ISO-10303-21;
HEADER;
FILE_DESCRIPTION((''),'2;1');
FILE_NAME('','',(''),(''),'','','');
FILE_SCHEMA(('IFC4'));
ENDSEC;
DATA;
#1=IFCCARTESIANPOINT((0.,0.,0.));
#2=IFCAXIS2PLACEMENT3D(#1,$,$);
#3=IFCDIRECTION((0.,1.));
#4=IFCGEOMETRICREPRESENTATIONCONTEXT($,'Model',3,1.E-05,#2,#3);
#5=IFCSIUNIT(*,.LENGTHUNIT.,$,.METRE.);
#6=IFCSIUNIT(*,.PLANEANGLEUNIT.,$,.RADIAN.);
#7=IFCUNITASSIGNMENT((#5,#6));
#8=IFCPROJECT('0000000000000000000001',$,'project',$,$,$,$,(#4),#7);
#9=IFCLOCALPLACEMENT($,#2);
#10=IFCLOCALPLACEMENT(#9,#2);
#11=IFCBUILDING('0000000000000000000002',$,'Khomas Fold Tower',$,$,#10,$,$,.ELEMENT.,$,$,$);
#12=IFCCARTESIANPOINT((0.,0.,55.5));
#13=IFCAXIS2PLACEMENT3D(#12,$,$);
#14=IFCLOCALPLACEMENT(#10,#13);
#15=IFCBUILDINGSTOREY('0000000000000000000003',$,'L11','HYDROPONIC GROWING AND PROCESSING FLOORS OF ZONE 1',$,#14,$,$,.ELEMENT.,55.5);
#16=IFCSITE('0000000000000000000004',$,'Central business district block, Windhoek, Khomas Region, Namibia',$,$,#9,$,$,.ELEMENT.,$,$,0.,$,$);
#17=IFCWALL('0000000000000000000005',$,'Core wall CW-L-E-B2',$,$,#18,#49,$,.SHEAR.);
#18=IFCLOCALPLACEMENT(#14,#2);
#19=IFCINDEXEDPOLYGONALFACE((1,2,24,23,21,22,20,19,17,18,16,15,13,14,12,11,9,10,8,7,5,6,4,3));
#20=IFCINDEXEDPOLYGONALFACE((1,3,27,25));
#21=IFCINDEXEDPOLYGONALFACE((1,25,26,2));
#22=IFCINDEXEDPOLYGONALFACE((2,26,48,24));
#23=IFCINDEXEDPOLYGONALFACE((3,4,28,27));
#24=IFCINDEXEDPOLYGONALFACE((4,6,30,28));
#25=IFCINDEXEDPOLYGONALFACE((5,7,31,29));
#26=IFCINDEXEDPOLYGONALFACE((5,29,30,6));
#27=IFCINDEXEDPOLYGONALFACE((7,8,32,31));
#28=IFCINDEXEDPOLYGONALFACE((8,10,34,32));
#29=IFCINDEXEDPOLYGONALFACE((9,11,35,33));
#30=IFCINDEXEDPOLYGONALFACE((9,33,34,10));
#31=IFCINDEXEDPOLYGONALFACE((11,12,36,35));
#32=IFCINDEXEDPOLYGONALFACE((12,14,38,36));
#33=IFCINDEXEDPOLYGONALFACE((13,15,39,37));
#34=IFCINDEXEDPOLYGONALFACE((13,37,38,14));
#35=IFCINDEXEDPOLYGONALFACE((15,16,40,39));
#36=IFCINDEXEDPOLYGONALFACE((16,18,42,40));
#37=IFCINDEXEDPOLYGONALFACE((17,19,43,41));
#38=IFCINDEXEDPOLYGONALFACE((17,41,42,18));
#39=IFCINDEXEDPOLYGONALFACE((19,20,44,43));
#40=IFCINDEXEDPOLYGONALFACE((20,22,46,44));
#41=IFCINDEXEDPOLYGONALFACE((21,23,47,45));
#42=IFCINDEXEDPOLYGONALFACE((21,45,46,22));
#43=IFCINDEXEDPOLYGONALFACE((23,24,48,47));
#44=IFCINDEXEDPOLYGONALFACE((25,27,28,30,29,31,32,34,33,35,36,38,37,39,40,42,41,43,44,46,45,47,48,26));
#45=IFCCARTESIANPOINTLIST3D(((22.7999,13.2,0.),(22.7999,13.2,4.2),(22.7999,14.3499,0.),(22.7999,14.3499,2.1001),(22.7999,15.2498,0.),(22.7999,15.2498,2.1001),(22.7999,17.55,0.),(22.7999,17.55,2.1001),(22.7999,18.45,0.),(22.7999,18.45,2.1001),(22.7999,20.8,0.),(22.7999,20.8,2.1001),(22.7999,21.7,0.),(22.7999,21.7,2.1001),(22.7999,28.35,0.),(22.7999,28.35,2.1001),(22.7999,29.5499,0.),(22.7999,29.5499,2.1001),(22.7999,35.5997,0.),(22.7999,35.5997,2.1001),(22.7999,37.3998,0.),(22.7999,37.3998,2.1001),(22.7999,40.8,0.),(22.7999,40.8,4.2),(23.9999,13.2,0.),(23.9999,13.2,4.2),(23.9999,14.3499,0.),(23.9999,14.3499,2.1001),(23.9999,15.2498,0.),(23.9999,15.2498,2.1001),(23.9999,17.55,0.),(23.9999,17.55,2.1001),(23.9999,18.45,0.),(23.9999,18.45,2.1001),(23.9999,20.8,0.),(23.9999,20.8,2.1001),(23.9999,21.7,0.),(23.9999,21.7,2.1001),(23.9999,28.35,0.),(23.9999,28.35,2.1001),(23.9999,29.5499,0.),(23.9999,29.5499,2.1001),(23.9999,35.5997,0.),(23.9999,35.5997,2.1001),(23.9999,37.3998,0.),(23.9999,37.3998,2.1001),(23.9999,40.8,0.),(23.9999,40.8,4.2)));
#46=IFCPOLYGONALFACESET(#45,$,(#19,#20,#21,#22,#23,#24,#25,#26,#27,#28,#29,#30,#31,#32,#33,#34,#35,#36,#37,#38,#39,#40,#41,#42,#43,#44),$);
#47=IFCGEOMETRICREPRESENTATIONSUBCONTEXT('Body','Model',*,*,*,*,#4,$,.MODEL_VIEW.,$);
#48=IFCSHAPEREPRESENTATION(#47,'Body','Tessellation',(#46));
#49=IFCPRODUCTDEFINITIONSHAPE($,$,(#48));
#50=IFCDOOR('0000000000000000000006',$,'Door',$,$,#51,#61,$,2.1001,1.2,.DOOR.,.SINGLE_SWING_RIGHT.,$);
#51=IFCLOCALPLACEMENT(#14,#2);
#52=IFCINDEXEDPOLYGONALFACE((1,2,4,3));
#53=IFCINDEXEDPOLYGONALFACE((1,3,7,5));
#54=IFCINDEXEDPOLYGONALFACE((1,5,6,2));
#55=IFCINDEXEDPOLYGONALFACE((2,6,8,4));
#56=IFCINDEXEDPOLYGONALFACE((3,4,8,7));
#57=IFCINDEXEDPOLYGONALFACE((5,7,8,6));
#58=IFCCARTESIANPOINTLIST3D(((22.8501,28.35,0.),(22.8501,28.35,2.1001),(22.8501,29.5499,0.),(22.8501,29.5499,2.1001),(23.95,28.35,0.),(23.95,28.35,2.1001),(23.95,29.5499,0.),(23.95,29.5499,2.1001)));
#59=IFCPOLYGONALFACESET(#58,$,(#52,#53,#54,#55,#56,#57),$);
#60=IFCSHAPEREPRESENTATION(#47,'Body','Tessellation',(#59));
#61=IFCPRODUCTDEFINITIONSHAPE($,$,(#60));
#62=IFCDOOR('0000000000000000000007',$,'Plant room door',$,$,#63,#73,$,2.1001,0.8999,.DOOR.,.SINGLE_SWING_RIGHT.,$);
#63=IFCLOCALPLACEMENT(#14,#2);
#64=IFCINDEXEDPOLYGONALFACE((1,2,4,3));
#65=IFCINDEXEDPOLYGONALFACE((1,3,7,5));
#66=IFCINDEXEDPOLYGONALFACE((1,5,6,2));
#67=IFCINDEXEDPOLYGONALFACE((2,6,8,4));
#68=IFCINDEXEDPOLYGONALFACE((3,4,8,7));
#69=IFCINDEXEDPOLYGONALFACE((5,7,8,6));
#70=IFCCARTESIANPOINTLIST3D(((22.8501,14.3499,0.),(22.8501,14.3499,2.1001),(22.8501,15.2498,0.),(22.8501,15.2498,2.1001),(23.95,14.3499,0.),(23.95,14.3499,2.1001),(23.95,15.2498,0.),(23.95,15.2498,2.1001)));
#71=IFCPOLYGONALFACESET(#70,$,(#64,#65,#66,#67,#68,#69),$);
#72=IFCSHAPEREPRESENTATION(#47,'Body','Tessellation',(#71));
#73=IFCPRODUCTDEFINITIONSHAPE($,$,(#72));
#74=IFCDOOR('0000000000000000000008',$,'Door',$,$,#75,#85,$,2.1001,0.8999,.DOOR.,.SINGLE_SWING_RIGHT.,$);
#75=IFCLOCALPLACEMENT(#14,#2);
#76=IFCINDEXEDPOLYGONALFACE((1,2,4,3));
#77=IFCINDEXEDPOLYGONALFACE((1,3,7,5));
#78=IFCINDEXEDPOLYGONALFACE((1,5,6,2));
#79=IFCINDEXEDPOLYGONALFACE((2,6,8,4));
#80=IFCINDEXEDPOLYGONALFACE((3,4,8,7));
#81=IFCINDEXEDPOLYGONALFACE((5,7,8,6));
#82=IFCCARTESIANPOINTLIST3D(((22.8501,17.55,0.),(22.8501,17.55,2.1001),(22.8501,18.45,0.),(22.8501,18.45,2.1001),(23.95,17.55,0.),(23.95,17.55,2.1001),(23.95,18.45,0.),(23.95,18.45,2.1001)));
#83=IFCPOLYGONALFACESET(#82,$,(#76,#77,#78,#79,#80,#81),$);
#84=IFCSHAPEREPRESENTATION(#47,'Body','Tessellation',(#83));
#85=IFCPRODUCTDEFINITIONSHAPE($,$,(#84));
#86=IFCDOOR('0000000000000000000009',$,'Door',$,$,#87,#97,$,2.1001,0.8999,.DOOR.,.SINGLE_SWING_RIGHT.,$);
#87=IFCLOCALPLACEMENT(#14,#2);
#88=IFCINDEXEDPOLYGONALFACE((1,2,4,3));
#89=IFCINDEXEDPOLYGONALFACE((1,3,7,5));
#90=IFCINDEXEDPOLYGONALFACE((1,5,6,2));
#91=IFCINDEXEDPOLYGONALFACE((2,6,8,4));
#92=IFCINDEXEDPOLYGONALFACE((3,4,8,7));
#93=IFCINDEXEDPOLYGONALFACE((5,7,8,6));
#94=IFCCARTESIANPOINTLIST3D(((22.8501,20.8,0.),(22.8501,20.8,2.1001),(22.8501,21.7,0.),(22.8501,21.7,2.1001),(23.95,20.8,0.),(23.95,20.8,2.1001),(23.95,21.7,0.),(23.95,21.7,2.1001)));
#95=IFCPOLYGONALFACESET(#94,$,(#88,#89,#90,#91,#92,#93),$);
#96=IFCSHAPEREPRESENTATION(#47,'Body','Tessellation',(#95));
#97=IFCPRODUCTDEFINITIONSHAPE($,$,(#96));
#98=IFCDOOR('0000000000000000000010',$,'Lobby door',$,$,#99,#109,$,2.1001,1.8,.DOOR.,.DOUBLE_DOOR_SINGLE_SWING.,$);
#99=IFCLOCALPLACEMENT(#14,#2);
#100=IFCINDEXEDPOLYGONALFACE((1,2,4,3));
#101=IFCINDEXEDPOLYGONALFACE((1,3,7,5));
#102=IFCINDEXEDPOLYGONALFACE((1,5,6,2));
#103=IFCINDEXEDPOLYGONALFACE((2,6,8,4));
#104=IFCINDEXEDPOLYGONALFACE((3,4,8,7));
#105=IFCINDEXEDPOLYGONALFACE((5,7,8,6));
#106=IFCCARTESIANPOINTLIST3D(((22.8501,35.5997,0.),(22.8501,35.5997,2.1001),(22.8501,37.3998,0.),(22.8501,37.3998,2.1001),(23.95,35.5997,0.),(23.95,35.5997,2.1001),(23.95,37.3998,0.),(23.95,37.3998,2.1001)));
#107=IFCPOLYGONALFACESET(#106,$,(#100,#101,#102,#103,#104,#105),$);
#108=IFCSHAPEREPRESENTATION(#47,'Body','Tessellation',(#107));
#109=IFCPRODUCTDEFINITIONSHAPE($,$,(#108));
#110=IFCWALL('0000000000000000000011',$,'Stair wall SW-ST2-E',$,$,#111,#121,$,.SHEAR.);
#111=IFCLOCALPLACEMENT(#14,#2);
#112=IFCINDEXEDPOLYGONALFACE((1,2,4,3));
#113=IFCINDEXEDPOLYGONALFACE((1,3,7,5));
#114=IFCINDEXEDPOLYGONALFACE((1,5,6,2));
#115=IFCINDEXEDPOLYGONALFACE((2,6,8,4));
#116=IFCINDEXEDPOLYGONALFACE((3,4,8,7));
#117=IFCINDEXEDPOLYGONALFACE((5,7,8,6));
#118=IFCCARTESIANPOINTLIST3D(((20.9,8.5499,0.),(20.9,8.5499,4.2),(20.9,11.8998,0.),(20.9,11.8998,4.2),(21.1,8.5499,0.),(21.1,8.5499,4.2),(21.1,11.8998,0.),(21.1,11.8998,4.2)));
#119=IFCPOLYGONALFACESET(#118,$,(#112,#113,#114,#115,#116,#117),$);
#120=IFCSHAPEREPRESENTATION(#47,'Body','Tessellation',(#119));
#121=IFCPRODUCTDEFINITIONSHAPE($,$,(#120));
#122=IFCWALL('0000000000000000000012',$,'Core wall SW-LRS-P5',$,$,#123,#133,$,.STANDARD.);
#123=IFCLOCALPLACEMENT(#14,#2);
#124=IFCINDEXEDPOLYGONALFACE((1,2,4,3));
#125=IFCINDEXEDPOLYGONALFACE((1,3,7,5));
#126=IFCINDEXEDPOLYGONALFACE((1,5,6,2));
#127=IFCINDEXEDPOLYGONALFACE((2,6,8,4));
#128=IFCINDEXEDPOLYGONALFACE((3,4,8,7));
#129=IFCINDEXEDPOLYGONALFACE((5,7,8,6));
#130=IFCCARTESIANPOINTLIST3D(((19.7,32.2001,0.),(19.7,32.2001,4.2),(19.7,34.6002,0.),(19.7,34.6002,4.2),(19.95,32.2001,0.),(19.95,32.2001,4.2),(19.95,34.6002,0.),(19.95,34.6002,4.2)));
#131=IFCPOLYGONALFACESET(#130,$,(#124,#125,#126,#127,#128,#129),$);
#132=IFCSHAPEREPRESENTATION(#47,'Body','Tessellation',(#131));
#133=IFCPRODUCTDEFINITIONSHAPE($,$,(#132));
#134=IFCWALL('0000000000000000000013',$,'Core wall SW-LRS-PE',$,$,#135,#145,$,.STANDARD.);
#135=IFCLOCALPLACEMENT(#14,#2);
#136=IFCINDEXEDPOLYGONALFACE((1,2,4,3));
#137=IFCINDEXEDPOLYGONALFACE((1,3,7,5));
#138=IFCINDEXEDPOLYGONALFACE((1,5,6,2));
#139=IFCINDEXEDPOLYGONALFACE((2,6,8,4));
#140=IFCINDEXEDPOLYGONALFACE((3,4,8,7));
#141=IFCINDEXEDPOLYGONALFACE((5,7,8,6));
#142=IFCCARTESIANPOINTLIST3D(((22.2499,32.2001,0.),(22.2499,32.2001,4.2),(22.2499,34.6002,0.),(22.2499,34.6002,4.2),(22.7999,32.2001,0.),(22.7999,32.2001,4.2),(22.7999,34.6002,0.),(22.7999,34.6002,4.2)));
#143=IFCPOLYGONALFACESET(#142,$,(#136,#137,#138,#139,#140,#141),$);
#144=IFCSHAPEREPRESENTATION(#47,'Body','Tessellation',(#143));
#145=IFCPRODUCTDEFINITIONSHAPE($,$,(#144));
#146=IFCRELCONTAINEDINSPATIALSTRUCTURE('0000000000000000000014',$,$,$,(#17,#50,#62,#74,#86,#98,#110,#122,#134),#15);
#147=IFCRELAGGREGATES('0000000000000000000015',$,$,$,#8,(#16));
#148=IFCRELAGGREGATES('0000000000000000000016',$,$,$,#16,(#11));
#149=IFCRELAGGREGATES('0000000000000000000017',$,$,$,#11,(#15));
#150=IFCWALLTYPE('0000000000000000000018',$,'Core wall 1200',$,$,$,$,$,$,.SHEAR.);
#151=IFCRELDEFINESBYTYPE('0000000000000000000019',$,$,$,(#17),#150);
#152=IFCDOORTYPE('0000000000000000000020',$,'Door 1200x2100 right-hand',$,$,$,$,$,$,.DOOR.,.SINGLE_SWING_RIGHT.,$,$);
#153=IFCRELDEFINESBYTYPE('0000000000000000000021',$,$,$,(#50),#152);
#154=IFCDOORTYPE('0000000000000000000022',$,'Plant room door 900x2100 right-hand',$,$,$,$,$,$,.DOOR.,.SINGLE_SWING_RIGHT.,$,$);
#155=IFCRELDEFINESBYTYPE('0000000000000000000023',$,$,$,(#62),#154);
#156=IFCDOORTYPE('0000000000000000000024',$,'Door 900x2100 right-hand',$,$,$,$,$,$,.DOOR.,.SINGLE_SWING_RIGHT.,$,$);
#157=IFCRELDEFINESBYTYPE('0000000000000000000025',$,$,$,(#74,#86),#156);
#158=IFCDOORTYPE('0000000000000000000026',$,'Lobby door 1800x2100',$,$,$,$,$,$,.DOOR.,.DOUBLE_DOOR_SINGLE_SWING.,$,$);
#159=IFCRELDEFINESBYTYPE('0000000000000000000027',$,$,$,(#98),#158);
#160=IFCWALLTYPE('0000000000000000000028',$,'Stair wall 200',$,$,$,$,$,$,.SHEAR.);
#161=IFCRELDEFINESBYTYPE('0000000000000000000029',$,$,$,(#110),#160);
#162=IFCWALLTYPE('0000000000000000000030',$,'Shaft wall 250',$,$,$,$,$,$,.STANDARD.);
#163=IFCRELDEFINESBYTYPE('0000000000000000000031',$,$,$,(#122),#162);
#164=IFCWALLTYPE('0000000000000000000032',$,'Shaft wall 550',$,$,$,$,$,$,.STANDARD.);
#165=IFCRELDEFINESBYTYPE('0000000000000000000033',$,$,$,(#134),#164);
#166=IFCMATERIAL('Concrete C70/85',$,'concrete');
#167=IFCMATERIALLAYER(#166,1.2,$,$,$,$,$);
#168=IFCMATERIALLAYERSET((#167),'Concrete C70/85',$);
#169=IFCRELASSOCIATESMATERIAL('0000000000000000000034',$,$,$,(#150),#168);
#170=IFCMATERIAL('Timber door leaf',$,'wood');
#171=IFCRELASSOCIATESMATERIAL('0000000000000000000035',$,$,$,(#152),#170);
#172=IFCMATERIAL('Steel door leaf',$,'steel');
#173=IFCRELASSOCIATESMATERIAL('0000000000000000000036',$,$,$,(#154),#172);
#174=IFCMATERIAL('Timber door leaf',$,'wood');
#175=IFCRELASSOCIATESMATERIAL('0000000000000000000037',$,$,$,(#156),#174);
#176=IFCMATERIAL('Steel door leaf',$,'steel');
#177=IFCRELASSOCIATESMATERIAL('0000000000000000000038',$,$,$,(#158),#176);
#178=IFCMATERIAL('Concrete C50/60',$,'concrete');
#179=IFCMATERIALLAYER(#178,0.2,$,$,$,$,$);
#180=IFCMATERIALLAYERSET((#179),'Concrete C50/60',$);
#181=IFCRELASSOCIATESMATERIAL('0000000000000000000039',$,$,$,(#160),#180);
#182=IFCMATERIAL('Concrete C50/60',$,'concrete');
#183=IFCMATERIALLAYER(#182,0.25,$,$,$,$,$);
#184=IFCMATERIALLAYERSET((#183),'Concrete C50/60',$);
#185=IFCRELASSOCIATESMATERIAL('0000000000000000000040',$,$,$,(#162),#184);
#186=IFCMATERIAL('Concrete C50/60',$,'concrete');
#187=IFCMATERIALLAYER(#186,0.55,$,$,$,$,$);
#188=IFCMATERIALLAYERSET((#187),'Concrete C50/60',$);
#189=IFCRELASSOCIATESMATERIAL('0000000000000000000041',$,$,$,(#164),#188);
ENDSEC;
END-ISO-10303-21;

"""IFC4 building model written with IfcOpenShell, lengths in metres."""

from ifc_helpers import new_model, si_unit, direction, frame, frame_2d, origin, place, context, subcontext, project, spatial, rectangle, extrude, source, transform, mapped, material, layer, layer_set, type_object, element, fill, save


model = new_model("IFC4")

# Units and contexts
model_context = context("Model", 3, precision=1e-05, world=origin(), true_north=direction((0.0, 1.0)))
body_context = subcontext(model_context, "Body", "Model", "MODEL_VIEW")
ifc_project = project(units=[si_unit("LENGTHUNIT", "METRE"), si_unit("PLANEANGLEUNIT", "RADIAN")], contexts=[model_context])

# Site, building, storey
site_placement = place(None, origin())
site = spatial("IfcSite", under=ifc_project, at=site_placement, Name="Central business district block, Windhoek, Khomas Region, Namibia", CompositionType="ELEMENT", RefElevation=0.0)
building_placement = place(site_placement, origin())
building = spatial("IfcBuilding", under=site, at=building_placement, Name="Khomas Fold Tower", CompositionType="ELEMENT")
storey_placement = place(building_placement, frame((0.0, 0.0, 55.5)))
storey = spatial("IfcBuildingStorey", under=building, at=storey_placement, Name="L11", Description="HYDROPONIC GROWING AND PROCESSING FLOORS OF ZONE 1", CompositionType="ELEMENT", Elevation=55.5)

# Shared definitions
ifc_material_1 = material(Name="Concrete C70/85", Category="concrete")
ifc_layer_1 = layer(ifc_material_1, 1.2)
ifc_layer_set_1 = layer_set([ifc_layer_1], Name="Concrete C70/85")
wall_type_1 = type_object("IfcWallType", Name="Core wall 1200", PredefinedType="SHEAR", material=ifc_layer_set_1)

# Wall, openings, doors
shared_shape_1 = source(origin(), body_context, "Body", "SweptSolid", [
    extrude(rectangle(XDim=27.6001, YDim=1.2, at=frame_2d((13.8, 0.0))), origin(), (0.0, 0.0, 1.0), 4.2),
])
wall_1_placement = place(storey_placement, frame((23.3999, 13.2, 0.0), z_axis=(0.0, 0.0, 1.0), x_axis=(0.0, 1.0, 0.0)))
wall_1 = element("IfcWall", 1, at=wall_1_placement, inside=storey, type_object=wall_type_1, Name="Core wall CW-L-E-B2", PredefinedType="SHEAR", context=body_context, shape_type="MappedRepresentation", body=[
    mapped(shared_shape_1, transform((0.0, 0.0, 0.0))),
])
shared_shape_2 = source(origin(), body_context, "Body", "SweptSolid", [
    extrude(rectangle(XDim=1.8, YDim=2.1001, at=frame_2d((0.8999, 1.05))), frame((0.0, 0.6099, 0.0), z_axis=(0.0, -1.0, 0.0), x_axis=(1.0, 0.0, 0.0)), (0.0, 0.0, 1.0), 1.22),
])
opening_1_placement = place(wall_1_placement, frame((22.3999, 0.0, 0.0)))
opening_1 = element("IfcOpeningElement", 2, at=opening_1_placement, cuts=wall_1, PredefinedType="OPENING", context=body_context, shape_type="MappedRepresentation", body=[
    mapped(shared_shape_2, transform((0.0, 0.0, 0.0))),
])
shared_shape_3 = source(origin(), body_context, "Body", "SweptSolid", [
    extrude(rectangle(XDim=1.2, YDim=2.1001, at=frame_2d((0.6001, 1.05))), frame((0.0, 0.6099, 0.0), z_axis=(0.0, -1.0, 0.0), x_axis=(1.0, 0.0, 0.0)), (0.0, 0.0, 1.0), 1.22),
])
opening_2_placement = place(wall_1_placement, frame((15.1499, 0.0, 0.0)))
opening_2 = element("IfcOpeningElement", 3, at=opening_2_placement, cuts=wall_1, PredefinedType="OPENING", context=body_context, shape_type="MappedRepresentation", body=[
    mapped(shared_shape_3, transform((0.0, 0.0, 0.0))),
])
shared_shape_4 = source(origin(), body_context, "Body", "SweptSolid", [
    extrude(rectangle(XDim=0.8999, YDim=2.1001, at=frame_2d((0.45, 1.05))), frame((0.0, 0.6099, 0.0), z_axis=(0.0, -1.0, 0.0), x_axis=(1.0, 0.0, 0.0)), (0.0, 0.0, 1.0), 1.22),
])
opening_3_placement = place(wall_1_placement, frame((1.1499, 0.0, 0.0)))
opening_3 = element("IfcOpeningElement", 4, at=opening_3_placement, cuts=wall_1, PredefinedType="OPENING", context=body_context, shape_type="MappedRepresentation", body=[
    mapped(shared_shape_4, transform((0.0, 0.0, 0.0))),
])
opening_4_placement = place(wall_1_placement, frame((4.3501, 0.0, 0.0)))
opening_4 = element("IfcOpeningElement", 5, at=opening_4_placement, cuts=wall_1, PredefinedType="OPENING", context=body_context, shape_type="MappedRepresentation", body=[
    mapped(shared_shape_4, transform((0.0, 0.0, 0.0))),
])
opening_5_placement = place(wall_1_placement, frame((7.6001, 0.0, 0.0)))
opening_5 = element("IfcOpeningElement", 6, at=opening_5_placement, cuts=wall_1, PredefinedType="OPENING", context=body_context, shape_type="MappedRepresentation", body=[
    mapped(shared_shape_4, transform((0.0, 0.0, 0.0))),
])
ifc_material_2 = material(Name="Timber door leaf", Category="wood")
door_type_1 = type_object("IfcDoorType", Name="Door 1200x2100 right-hand", OperationType="SINGLE_SWING_RIGHT", PredefinedType="DOOR", material=ifc_material_2)
shared_shape_5 = source(origin(), body_context, "Body", "SweptSolid", [
    extrude(rectangle(XDim=1.2, YDim=2.1001, at=frame_2d((0.6001, 1.05))), frame((0.0, 0.5498, 0.0), z_axis=(0.0, -1.0, 0.0), x_axis=(1.0, 0.0, 0.0)), (0.0, 0.0, 1.0), 1.0999),
])
door_1_placement = place(opening_2_placement, origin())
door_1 = element("IfcDoor", 7, at=door_1_placement, inside=storey, type_object=door_type_1, Name="Door", OperationType="SINGLE_SWING_RIGHT", OverallHeight=2.1001, OverallWidth=1.2, PredefinedType="DOOR", context=body_context, shape_type="MappedRepresentation", body=[
    mapped(shared_shape_5, transform((0.0, 0.0, 0.0))),
])
fill(opening_2, door_1)
ifc_material_3 = material(Name="Steel door leaf", Category="steel")
door_type_2 = type_object("IfcDoorType", Name="Plant room door 900x2100 right-hand", OperationType="SINGLE_SWING_RIGHT", PredefinedType="DOOR", material=ifc_material_3)
shared_shape_6 = source(origin(), body_context, "Body", "SweptSolid", [
    extrude(rectangle(XDim=0.8999, YDim=2.1001, at=frame_2d((0.45, 1.05))), frame((0.0, 0.5498, 0.0), z_axis=(0.0, -1.0, 0.0), x_axis=(1.0, 0.0, 0.0)), (0.0, 0.0, 1.0), 1.0999),
])
door_2_placement = place(opening_3_placement, origin())
door_2 = element("IfcDoor", 8, at=door_2_placement, inside=storey, type_object=door_type_2, Name="Plant room door", OperationType="SINGLE_SWING_RIGHT", OverallHeight=2.1001, OverallWidth=0.8999, PredefinedType="DOOR", context=body_context, shape_type="MappedRepresentation", body=[
    mapped(shared_shape_6, transform((0.0, 0.0, 0.0))),
])
fill(opening_3, door_2)
ifc_material_4 = material(Name="Timber door leaf", Category="wood")
door_type_3 = type_object("IfcDoorType", Name="Door 900x2100 right-hand", OperationType="SINGLE_SWING_RIGHT", PredefinedType="DOOR", material=ifc_material_4)
door_3_placement = place(opening_4_placement, origin())
door_3 = element("IfcDoor", 9, at=door_3_placement, inside=storey, type_object=door_type_3, Name="Door", OperationType="SINGLE_SWING_RIGHT", OverallHeight=2.1001, OverallWidth=0.8999, PredefinedType="DOOR", context=body_context, shape_type="MappedRepresentation", body=[
    mapped(shared_shape_6, transform((0.0, 0.0, 0.0))),
])
fill(opening_4, door_3)
door_4_placement = place(opening_5_placement, origin())
door_4 = element("IfcDoor", 10, at=door_4_placement, inside=storey, type_object=door_type_3, Name="Door", OperationType="SINGLE_SWING_RIGHT", OverallHeight=2.1001, OverallWidth=0.8999, PredefinedType="DOOR", context=body_context, shape_type="MappedRepresentation", body=[
    mapped(shared_shape_6, transform((0.0, 0.0, 0.0))),
])
fill(opening_5, door_4)
ifc_material_5 = material(Name="Steel door leaf", Category="steel")
door_type_4 = type_object("IfcDoorType", Name="Lobby door 1800x2100", OperationType="DOUBLE_DOOR_SINGLE_SWING", PredefinedType="DOOR", material=ifc_material_5)
shared_shape_7 = source(origin(), body_context, "Body", "SweptSolid", [
    extrude(rectangle(XDim=1.8, YDim=2.1001, at=frame_2d((0.8999, 1.05))), frame((0.0, 0.5498, 0.0), z_axis=(0.0, -1.0, 0.0), x_axis=(1.0, 0.0, 0.0)), (0.0, 0.0, 1.0), 1.0999),
])
door_5_placement = place(opening_1_placement, origin())
door_5 = element("IfcDoor", 11, at=door_5_placement, inside=storey, type_object=door_type_4, Name="Lobby door", OperationType="DOUBLE_DOOR_SINGLE_SWING", OverallHeight=2.1001, OverallWidth=1.8, PredefinedType="DOOR", context=body_context, shape_type="MappedRepresentation", body=[
    mapped(shared_shape_7, transform((0.0, 0.0, 0.0))),
])
fill(opening_1, door_5)

# Walls
ifc_material_6 = material(Name="Concrete C50/60", Category="concrete")
ifc_layer_2 = layer(ifc_material_6, 0.2)
ifc_layer_set_2 = layer_set([ifc_layer_2], Name="Concrete C50/60")
wall_type_2 = type_object("IfcWallType", Name="Stair wall 200", PredefinedType="SHEAR", material=ifc_layer_set_2)
shared_shape_8 = source(origin(), body_context, "Body", "SweptSolid", [
    extrude(rectangle(XDim=3.3499, YDim=0.2, at=frame_2d((1.6748, 0.0))), origin(), (0.0, 0.0, 1.0), 4.2),
])
wall_2_placement = place(storey_placement, frame((21.0, 8.55, 0.0), z_axis=(0.0, 0.0, 1.0), x_axis=(0.0, 1.0, 0.0)))
element("IfcWall", 12, at=wall_2_placement, inside=storey, type_object=wall_type_2, Name="Stair wall SW-ST2-E", PredefinedType="SHEAR", context=body_context, shape_type="MappedRepresentation", body=[
    mapped(shared_shape_8, transform((0.0, 0.0, 0.0))),
])
ifc_material_7 = material(Name="Concrete C50/60", Category="concrete")
ifc_layer_3 = layer(ifc_material_7, 0.25)
ifc_layer_set_3 = layer_set([ifc_layer_3], Name="Concrete C50/60")
wall_type_3 = type_object("IfcWallType", Name="Shaft wall 250", PredefinedType="STANDARD", material=ifc_layer_set_3)
shared_shape_9 = source(origin(), body_context, "Body", "SweptSolid", [
    extrude(rectangle(XDim=2.4001, YDim=0.25, at=frame_2d((1.2002, 0.0))), origin(), (0.0, 0.0, 1.0), 4.2),
])
wall_3_placement = place(storey_placement, frame((19.825, 32.2, 0.0), z_axis=(0.0, 0.0, 1.0), x_axis=(0.0, 1.0, 0.0)))
element("IfcWall", 13, at=wall_3_placement, inside=storey, type_object=wall_type_3, Name="Core wall SW-LRS-P5", PredefinedType="STANDARD", context=body_context, shape_type="MappedRepresentation", body=[
    mapped(shared_shape_9, transform((0.0, 0.0, 0.0))),
])
ifc_material_8 = material(Name="Concrete C50/60", Category="concrete")
ifc_layer_4 = layer(ifc_material_8, 0.55)
ifc_layer_set_4 = layer_set([ifc_layer_4], Name="Concrete C50/60")
wall_type_4 = type_object("IfcWallType", Name="Shaft wall 550", PredefinedType="STANDARD", material=ifc_layer_set_4)
shared_shape_10 = source(origin(), body_context, "Body", "SweptSolid", [
    extrude(rectangle(XDim=2.4001, YDim=0.55, at=frame_2d((1.2002, 0.0))), origin(), (0.0, 0.0, 1.0), 4.2),
])
wall_4_placement = place(storey_placement, frame((22.5249, 32.2, 0.0), z_axis=(0.0, 0.0, 1.0), x_axis=(0.0, 1.0, 0.0)))
element("IfcWall", 14, at=wall_4_placement, inside=storey, type_object=wall_type_4, Name="Core wall SW-LRS-PE", PredefinedType="STANDARD", context=body_context, shape_type="MappedRepresentation", body=[
    mapped(shared_shape_10, transform((0.0, 0.0, 0.0))),
])

save(model, "model.ifc")
